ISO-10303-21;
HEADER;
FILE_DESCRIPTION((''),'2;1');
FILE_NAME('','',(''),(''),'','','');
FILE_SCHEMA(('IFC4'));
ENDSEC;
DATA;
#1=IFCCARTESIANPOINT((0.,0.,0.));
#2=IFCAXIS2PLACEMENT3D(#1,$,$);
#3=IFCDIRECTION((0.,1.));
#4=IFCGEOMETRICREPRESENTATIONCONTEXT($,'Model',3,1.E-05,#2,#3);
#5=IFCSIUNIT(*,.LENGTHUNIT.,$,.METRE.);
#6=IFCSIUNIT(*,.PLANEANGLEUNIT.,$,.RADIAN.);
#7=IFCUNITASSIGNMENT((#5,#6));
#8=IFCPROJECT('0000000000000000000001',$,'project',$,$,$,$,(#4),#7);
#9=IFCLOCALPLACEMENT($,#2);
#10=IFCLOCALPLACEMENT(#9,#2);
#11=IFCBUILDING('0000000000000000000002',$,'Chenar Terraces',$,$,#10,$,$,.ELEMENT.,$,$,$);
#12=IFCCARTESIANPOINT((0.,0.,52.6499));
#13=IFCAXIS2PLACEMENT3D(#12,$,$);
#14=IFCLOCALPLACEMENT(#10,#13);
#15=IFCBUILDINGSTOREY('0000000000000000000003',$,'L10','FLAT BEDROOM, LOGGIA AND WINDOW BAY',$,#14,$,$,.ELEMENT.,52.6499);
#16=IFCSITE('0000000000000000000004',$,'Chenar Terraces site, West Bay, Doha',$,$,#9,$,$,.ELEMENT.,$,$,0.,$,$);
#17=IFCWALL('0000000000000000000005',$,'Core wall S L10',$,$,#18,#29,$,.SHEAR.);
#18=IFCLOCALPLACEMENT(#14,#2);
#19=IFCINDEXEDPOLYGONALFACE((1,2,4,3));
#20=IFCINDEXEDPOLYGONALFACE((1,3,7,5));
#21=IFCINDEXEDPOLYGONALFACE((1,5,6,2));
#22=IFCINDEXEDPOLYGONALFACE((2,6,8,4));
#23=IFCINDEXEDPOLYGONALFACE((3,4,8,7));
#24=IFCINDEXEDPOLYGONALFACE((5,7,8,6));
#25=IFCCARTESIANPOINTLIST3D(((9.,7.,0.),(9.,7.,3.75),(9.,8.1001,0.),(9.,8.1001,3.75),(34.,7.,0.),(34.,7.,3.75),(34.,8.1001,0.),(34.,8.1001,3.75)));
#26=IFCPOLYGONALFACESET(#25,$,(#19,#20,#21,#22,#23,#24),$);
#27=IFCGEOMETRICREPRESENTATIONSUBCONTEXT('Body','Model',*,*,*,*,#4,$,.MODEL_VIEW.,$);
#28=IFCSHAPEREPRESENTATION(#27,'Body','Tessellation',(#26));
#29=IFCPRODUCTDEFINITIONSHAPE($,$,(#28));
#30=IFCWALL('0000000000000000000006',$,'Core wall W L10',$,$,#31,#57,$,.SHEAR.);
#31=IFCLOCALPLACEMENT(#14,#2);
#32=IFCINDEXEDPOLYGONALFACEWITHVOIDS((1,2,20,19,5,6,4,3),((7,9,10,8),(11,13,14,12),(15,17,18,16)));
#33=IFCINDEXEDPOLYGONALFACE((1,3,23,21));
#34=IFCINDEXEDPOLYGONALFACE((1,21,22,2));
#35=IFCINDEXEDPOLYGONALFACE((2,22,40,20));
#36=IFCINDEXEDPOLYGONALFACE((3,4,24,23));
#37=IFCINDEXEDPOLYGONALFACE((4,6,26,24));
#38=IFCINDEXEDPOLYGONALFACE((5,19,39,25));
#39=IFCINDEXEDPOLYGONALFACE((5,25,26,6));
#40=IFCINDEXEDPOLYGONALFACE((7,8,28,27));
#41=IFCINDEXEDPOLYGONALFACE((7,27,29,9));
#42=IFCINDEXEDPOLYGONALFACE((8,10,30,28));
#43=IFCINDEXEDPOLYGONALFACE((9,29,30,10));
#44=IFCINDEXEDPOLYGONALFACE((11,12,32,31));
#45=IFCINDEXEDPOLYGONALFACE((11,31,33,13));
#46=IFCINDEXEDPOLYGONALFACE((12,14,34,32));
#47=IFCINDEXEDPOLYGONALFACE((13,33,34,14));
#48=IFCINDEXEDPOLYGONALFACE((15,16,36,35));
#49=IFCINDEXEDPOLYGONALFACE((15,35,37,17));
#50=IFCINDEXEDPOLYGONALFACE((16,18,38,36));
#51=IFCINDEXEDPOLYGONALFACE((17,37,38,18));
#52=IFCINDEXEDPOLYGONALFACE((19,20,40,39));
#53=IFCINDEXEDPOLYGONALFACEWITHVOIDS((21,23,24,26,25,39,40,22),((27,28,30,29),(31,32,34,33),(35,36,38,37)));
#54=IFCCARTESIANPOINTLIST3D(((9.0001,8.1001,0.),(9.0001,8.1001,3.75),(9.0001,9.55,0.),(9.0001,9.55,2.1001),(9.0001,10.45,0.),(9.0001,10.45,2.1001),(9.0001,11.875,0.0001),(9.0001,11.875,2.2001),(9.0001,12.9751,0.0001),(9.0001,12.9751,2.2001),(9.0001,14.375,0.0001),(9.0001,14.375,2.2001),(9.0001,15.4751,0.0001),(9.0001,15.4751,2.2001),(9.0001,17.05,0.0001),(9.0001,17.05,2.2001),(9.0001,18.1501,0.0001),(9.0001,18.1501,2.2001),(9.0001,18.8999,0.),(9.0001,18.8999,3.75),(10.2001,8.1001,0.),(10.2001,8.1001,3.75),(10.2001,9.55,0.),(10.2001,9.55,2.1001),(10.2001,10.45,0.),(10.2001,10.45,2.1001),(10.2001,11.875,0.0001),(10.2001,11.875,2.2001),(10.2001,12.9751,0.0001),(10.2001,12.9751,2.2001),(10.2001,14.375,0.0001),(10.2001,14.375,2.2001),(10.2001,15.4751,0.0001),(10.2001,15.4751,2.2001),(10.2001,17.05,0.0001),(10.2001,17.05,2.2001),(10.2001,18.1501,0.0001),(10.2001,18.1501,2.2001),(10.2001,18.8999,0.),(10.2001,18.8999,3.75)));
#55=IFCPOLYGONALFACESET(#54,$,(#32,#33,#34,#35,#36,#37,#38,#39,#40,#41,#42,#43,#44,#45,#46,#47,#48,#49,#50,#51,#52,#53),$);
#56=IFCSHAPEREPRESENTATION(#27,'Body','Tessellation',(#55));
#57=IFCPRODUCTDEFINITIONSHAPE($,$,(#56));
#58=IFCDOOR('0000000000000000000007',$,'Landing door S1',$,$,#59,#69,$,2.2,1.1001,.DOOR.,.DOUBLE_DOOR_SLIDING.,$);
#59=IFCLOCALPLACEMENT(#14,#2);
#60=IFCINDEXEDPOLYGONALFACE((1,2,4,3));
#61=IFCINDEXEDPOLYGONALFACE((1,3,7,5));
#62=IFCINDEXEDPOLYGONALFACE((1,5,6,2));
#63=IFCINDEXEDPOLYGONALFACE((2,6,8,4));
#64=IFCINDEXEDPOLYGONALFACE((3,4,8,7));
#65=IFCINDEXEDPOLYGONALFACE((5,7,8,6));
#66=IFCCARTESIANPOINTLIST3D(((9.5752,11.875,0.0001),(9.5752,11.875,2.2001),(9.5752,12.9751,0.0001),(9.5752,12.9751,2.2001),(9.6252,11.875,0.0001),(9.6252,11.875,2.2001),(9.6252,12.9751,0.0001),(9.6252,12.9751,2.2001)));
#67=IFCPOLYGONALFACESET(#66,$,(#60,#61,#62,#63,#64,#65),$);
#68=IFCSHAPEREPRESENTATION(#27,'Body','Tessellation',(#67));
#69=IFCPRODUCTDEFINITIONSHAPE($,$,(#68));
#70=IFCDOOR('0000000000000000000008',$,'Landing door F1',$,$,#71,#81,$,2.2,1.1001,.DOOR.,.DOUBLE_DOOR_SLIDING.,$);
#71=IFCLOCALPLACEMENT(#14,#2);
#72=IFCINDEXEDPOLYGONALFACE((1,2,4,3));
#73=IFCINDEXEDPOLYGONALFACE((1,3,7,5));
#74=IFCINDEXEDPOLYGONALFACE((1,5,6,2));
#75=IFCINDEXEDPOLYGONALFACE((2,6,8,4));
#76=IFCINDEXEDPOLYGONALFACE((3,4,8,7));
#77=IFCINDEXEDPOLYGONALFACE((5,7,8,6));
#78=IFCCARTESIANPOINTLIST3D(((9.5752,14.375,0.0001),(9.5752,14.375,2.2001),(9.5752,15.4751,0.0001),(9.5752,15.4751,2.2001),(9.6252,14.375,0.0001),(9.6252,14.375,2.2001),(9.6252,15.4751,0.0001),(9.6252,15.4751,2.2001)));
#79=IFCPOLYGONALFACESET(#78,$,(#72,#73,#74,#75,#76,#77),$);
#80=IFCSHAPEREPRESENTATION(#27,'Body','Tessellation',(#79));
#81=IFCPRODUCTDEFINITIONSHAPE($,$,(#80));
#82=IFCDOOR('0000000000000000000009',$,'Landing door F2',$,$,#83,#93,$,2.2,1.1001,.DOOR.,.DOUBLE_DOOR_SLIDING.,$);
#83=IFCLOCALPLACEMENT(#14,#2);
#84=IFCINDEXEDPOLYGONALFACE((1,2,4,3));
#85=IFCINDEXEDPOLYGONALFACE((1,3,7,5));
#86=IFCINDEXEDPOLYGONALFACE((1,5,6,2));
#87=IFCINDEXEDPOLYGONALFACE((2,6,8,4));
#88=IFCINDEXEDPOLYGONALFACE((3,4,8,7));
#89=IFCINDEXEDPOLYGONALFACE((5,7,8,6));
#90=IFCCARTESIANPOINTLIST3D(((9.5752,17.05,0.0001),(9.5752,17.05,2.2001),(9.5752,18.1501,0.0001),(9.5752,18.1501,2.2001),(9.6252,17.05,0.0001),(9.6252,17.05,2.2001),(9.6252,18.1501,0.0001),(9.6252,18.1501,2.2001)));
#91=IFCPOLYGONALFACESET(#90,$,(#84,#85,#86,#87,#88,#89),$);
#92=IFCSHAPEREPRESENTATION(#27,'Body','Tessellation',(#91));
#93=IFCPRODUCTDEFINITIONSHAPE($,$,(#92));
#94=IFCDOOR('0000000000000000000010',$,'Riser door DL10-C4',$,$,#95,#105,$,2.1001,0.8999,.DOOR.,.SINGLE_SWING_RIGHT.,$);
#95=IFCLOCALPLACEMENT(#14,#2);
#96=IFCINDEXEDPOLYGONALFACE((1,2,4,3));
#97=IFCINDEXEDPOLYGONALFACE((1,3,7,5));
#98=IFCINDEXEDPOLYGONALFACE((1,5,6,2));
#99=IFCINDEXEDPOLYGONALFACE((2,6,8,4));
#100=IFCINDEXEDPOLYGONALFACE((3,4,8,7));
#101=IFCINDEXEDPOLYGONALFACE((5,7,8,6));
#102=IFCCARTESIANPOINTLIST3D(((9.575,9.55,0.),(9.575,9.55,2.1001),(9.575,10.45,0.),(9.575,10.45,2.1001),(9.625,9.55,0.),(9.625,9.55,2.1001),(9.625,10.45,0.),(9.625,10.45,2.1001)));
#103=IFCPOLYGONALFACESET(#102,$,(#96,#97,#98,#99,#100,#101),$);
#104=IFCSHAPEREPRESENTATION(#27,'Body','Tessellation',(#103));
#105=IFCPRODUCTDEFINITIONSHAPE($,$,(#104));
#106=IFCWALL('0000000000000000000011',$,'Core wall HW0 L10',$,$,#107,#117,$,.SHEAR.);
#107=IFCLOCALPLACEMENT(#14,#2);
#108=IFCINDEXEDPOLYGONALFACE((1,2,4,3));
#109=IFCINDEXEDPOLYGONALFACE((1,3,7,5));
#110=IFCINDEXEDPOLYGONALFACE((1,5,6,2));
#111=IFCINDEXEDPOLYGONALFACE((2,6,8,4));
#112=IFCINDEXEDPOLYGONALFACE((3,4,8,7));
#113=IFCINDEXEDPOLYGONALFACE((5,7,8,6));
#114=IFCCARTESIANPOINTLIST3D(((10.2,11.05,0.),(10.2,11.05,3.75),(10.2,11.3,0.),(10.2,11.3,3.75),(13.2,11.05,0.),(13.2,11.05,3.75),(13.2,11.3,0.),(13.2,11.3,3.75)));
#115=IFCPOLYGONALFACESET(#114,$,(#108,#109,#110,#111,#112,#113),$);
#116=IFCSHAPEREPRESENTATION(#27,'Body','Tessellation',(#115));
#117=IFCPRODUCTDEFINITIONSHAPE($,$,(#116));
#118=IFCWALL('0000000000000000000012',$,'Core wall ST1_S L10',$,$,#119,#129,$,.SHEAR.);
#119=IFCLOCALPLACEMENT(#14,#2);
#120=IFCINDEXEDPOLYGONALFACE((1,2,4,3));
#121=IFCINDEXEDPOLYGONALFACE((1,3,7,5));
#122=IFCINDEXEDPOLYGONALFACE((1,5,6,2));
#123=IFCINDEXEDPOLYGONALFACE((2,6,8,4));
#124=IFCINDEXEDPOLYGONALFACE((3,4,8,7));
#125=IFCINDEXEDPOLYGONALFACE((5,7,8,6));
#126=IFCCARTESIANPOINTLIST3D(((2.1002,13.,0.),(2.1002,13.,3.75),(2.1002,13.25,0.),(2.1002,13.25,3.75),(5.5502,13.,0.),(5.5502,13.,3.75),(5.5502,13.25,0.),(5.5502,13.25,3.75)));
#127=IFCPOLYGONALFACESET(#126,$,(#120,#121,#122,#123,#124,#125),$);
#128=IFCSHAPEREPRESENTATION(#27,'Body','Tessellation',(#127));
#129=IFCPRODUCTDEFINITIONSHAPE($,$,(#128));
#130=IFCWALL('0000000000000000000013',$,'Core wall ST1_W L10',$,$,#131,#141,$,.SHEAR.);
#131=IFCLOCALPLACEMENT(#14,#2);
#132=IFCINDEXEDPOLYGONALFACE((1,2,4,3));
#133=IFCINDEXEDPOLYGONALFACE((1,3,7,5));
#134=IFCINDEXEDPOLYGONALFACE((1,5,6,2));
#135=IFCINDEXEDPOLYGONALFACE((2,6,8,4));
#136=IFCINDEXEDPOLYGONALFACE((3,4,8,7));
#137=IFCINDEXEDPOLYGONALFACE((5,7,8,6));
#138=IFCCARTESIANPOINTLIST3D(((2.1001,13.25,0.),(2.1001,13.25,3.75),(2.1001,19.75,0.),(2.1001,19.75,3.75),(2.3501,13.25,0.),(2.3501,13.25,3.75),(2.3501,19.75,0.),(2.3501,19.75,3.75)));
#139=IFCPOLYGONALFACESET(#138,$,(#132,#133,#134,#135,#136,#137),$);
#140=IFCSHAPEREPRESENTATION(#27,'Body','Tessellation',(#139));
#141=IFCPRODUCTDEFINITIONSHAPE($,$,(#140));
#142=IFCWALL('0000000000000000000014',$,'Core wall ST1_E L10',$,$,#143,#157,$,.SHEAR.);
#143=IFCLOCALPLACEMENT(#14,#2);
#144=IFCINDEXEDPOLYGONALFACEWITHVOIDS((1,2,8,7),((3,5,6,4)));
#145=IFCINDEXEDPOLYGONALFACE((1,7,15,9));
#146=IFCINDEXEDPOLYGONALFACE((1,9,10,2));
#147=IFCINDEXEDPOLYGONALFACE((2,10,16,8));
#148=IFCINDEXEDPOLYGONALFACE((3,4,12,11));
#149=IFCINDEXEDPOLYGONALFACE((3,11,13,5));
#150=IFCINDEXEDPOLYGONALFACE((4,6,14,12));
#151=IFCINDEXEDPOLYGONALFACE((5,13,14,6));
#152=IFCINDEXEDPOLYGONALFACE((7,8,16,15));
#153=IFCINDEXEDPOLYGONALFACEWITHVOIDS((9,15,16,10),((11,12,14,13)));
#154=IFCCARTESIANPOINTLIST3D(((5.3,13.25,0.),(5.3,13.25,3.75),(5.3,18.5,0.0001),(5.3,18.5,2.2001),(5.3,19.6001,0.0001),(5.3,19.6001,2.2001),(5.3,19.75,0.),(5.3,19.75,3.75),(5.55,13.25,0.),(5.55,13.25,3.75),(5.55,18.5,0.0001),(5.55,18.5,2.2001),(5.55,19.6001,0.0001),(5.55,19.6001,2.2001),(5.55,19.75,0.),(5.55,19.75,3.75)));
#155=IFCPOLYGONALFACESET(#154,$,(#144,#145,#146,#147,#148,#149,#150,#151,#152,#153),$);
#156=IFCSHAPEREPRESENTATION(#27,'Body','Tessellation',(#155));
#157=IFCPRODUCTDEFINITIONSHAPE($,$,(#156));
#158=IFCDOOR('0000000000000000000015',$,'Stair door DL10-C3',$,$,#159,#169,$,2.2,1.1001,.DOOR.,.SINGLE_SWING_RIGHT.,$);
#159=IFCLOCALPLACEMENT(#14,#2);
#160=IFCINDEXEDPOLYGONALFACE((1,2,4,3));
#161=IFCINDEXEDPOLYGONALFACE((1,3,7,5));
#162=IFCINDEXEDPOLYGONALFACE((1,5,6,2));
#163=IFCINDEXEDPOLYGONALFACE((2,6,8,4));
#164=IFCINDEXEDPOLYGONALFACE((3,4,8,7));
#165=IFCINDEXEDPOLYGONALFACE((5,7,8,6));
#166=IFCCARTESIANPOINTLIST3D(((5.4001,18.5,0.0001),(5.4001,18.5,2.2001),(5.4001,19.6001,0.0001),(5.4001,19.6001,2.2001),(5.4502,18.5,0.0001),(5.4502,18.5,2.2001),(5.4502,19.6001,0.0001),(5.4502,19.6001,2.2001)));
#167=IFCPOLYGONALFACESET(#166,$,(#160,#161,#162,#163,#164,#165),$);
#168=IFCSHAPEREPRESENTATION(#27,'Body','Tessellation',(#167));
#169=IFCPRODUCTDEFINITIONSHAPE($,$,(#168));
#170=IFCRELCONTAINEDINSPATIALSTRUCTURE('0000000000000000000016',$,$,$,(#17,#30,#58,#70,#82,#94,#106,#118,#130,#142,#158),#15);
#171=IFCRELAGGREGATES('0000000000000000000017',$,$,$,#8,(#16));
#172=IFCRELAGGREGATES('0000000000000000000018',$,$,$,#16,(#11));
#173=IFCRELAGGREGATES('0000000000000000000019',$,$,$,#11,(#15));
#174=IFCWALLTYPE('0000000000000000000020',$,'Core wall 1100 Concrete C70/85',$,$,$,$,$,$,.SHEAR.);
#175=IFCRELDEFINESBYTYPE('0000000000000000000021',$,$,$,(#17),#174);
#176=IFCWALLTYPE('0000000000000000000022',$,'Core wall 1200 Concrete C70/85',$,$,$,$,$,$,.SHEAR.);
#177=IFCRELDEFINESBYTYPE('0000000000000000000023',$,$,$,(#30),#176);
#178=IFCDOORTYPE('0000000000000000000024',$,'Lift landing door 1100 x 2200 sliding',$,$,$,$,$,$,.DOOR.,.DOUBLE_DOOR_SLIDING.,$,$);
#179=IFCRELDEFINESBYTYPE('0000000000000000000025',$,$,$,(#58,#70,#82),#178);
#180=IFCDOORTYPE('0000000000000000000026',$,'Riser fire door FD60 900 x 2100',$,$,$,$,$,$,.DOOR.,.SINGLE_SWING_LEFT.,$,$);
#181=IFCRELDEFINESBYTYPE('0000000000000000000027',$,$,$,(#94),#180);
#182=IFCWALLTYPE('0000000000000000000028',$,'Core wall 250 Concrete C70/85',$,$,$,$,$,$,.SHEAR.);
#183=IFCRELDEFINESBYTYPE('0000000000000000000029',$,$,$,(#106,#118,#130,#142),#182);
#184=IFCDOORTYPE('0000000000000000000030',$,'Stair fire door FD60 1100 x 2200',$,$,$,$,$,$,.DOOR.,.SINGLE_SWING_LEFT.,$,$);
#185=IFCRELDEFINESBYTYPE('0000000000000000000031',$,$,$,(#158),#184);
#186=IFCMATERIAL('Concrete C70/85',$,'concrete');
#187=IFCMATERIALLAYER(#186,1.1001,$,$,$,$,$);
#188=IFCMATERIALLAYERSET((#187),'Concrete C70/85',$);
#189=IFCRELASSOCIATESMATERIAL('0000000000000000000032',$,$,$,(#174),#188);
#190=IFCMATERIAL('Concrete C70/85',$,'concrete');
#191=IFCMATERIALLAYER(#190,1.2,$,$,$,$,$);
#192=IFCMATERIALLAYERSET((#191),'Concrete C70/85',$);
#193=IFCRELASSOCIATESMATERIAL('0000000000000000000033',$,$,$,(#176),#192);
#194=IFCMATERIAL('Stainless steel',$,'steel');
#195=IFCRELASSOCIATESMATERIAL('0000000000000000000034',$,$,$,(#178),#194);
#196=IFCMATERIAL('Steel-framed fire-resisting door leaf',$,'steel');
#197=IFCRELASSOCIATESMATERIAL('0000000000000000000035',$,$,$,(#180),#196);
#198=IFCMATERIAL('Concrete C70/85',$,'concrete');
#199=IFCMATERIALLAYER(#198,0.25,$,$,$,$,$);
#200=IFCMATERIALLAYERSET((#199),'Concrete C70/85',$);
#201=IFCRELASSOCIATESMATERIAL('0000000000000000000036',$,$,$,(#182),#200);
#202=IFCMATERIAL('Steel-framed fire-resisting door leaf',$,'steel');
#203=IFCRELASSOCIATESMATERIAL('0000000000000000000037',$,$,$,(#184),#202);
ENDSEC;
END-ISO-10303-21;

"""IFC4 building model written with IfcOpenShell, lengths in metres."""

from ifc_helpers import new_model, si_unit, direction, frame, frame_2d, origin, place, context, subcontext, project, spatial, rectangle, extrude, material, layer, layer_set, type_object, element, fill, save


model = new_model("IFC4")

# Units and contexts
model_context = context("Model", 3, precision=1e-05, world=origin(), true_north=direction((0.0, 1.0)))
body_context = subcontext(model_context, "Body", "Model", "MODEL_VIEW")
ifc_project = project(units=[si_unit("LENGTHUNIT", "METRE"), si_unit("PLANEANGLEUNIT", "RADIAN")], contexts=[model_context])

# Site, building, storey
site_placement = place(None, origin())
site = spatial("IfcSite", under=ifc_project, at=site_placement, Name="Chenar Terraces site, West Bay, Doha", CompositionType="ELEMENT", RefElevation=0.0)
building_placement = place(site_placement, origin())
building = spatial("IfcBuilding", under=site, at=building_placement, Name="Chenar Terraces", CompositionType="ELEMENT")
storey_placement = place(building_placement, frame((0.0, 0.0, 52.6499)))
storey = spatial("IfcBuildingStorey", under=building, at=storey_placement, Name="L10", Description="FLAT BEDROOM, LOGGIA AND WINDOW BAY", CompositionType="ELEMENT", Elevation=52.6499)

# Wall
ifc_material_1 = material(Name="Concrete C70/85", Category="concrete")
ifc_layer_1 = layer(ifc_material_1, 1.1001)
ifc_layer_set_1 = layer_set([ifc_layer_1], Name="Concrete C70/85")
wall_type_1 = type_object("IfcWallType", Name="Core wall 1100 Concrete C70/85", PredefinedType="SHEAR", material=ifc_layer_set_1)
wall_1_placement = place(storey_placement, frame((9.0, 7.55, 0.0), z_axis=(0.0, 0.0, 1.0), x_axis=(1.0, 0.0, 0.0)))
element("IfcWall", 1, at=wall_1_placement, inside=storey, type_object=wall_type_1, Name="Core wall S L10", PredefinedType="SHEAR", context=body_context, shape_type="SweptSolid", body=[
    extrude(rectangle(XDim=25.0, YDim=1.1001, at=frame_2d((12.5, 0.0))), origin(), (0.0, 0.0, 1.0), 3.75),
])

# Wall, openings, doors
ifc_material_2 = material(Name="Concrete C70/85", Category="concrete")
ifc_layer_2 = layer(ifc_material_2, 1.2)
ifc_layer_set_2 = layer_set([ifc_layer_2], Name="Concrete C70/85")
wall_type_2 = type_object("IfcWallType", Name="Core wall 1200 Concrete C70/85", PredefinedType="SHEAR", material=ifc_layer_set_2)
wall_2_placement = place(storey_placement, frame((9.6001, 8.1001, 0.0), z_axis=(0.0, 0.0, 1.0), x_axis=(0.0, 1.0, 0.0)))
wall_2 = element("IfcWall", 2, at=wall_2_placement, inside=storey, type_object=wall_type_2, Name="Core wall W L10", PredefinedType="SHEAR", context=body_context, shape_type="SweptSolid", body=[
    extrude(rectangle(XDim=10.7998, YDim=1.2, at=frame_2d((5.3999, 0.0))), origin(), (0.0, 0.0, 1.0), 3.75),
])
opening_1_placement = place(wall_2_placement, frame((3.7749, 0.0, 0.0)))
opening_1 = element("IfcOpeningElement", 3, at=opening_1_placement, cuts=wall_2, PredefinedType="OPENING", context=body_context, shape_type="SweptSolid", body=[
    extrude(rectangle(XDim=1.1001, YDim=2.2, at=frame_2d((0.55, 1.1001))), frame((0.0, 0.6099, 0.0), z_axis=(0.0, -1.0, 0.0), x_axis=(1.0, 0.0, 0.0)), (0.0, 0.0, 1.0), 1.22),
])
opening_2_placement = place(wall_2_placement, frame((6.2749, 0.0, 0.0)))
opening_2 = element("IfcOpeningElement", 4, at=opening_2_placement, cuts=wall_2, PredefinedType="OPENING", context=body_context, shape_type="SweptSolid", body=[
    extrude(rectangle(XDim=1.1001, YDim=2.2, at=frame_2d((0.55, 1.1001))), frame((0.0, 0.6099, 0.0), z_axis=(0.0, -1.0, 0.0), x_axis=(1.0, 0.0, 0.0)), (0.0, 0.0, 1.0), 1.22),
])
opening_3_placement = place(wall_2_placement, frame((8.95, 0.0, 0.0)))
opening_3 = element("IfcOpeningElement", 5, at=opening_3_placement, cuts=wall_2, PredefinedType="OPENING", context=body_context, shape_type="SweptSolid", body=[
    extrude(rectangle(XDim=1.1001, YDim=2.2, at=frame_2d((0.55, 1.1001))), frame((0.0, 0.6099, 0.0), z_axis=(0.0, -1.0, 0.0), x_axis=(1.0, 0.0, 0.0)), (0.0, 0.0, 1.0), 1.22),
])
opening_4_placement = place(wall_2_placement, frame((1.45, 0.0, 0.0)))
opening_4 = element("IfcOpeningElement", 6, at=opening_4_placement, cuts=wall_2, PredefinedType="OPENING", context=body_context, shape_type="SweptSolid", body=[
    extrude(rectangle(XDim=0.8999, YDim=2.1001, at=frame_2d((0.45, 1.05))), frame((0.0, 0.6099, 0.0), z_axis=(0.0, -1.0, 0.0), x_axis=(1.0, 0.0, 0.0)), (0.0, 0.0, 1.0), 1.22),
])
ifc_material_3 = material(Name="Stainless steel", Category="steel")
door_type_1 = type_object("IfcDoorType", Name="Lift landing door 1100 x 2200 sliding", OperationType="DOUBLE_DOOR_SLIDING", PredefinedType="DOOR", material=ifc_material_3)
door_1_placement = place(opening_1_placement, origin())
door_1 = element("IfcDoor", 7, at=door_1_placement, inside=storey, type_object=door_type_1, Name="Landing door S1", OperationType="DOUBLE_DOOR_SLIDING", OverallHeight=2.2, OverallWidth=1.1001, PredefinedType="DOOR", context=body_context, shape_type="SweptSolid", body=[
    extrude(rectangle(XDim=1.1001, YDim=2.2, at=frame_2d((0.55, 1.1001))), frame((0.0, 0.0249, 0.0), z_axis=(0.0, -1.0, 0.0), x_axis=(1.0, 0.0, 0.0)), (0.0, 0.0, 1.0), 0.05),
])
fill(opening_1, door_1)
door_2_placement = place(opening_2_placement, origin())
door_2 = element("IfcDoor", 8, at=door_2_placement, inside=storey, type_object=door_type_1, Name="Landing door F1", OperationType="DOUBLE_DOOR_SLIDING", OverallHeight=2.2, OverallWidth=1.1001, PredefinedType="DOOR", context=body_context, shape_type="SweptSolid", body=[
    extrude(rectangle(XDim=1.1001, YDim=2.2, at=frame_2d((0.55, 1.1001))), frame((0.0, 0.0249, 0.0), z_axis=(0.0, -1.0, 0.0), x_axis=(1.0, 0.0, 0.0)), (0.0, 0.0, 1.0), 0.05),
])
fill(opening_2, door_2)
door_3_placement = place(opening_3_placement, origin())
door_3 = element("IfcDoor", 9, at=door_3_placement, inside=storey, type_object=door_type_1, Name="Landing door F2", OperationType="DOUBLE_DOOR_SLIDING", OverallHeight=2.2, OverallWidth=1.1001, PredefinedType="DOOR", context=body_context, shape_type="SweptSolid", body=[
    extrude(rectangle(XDim=1.1001, YDim=2.2, at=frame_2d((0.55, 1.1001))), frame((0.0, 0.0249, 0.0), z_axis=(0.0, -1.0, 0.0), x_axis=(1.0, 0.0, 0.0)), (0.0, 0.0, 1.0), 0.05),
])
fill(opening_3, door_3)
ifc_material_4 = material(Name="Steel-framed fire-resisting door leaf", Category="steel")
door_type_2 = type_object("IfcDoorType", Name="Riser fire door FD60 900 x 2100", OperationType="SINGLE_SWING_LEFT", PredefinedType="DOOR", material=ifc_material_4)
door_4_placement = place(opening_4_placement, frame((0.8999, 0.0, 0.0), z_axis=(0.0, 0.0, 1.0), x_axis=(-1.0, 0.0, 0.0)))
door_4 = element("IfcDoor", 10, at=door_4_placement, inside=storey, type_object=door_type_2, Name="Riser door DL10-C4", OperationType="SINGLE_SWING_RIGHT", OverallHeight=2.1001, OverallWidth=0.8999, PredefinedType="DOOR", context=body_context, shape_type="SweptSolid", body=[
    extrude(rectangle(XDim=0.8999, YDim=2.1001, at=frame_2d((0.45, 1.05))), frame((0.0, 0.0249, 0.0), z_axis=(0.0, -1.0, 0.0), x_axis=(1.0, 0.0, 0.0)), (0.0, 0.0, 1.0), 0.05),
])
fill(opening_4, door_4)

# Walls
ifc_material_5 = material(Name="Concrete C70/85", Category="concrete")
ifc_layer_3 = layer(ifc_material_5, 0.25)
ifc_layer_set_3 = layer_set([ifc_layer_3], Name="Concrete C70/85")
wall_type_3 = type_object("IfcWallType", Name="Core wall 250 Concrete C70/85", PredefinedType="SHEAR", material=ifc_layer_set_3)
wall_3_placement = place(storey_placement, frame((10.2, 11.175, 0.0), z_axis=(0.0, 0.0, 1.0), x_axis=(1.0, 0.0, 0.0)))
element("IfcWall", 11, at=wall_3_placement, inside=storey, type_object=wall_type_3, Name="Core wall HW0 L10", PredefinedType="SHEAR", context=body_context, shape_type="SweptSolid", body=[
    extrude(rectangle(XDim=3.0, YDim=0.25, at=frame_2d((1.5, 0.0))), origin(), (0.0, 0.0, 1.0), 3.75),
])
wall_4_placement = place(storey_placement, frame((2.1001, 13.125, 0.0), z_axis=(0.0, 0.0, 1.0), x_axis=(1.0, 0.0, 0.0)))
element("IfcWall", 12, at=wall_4_placement, inside=storey, type_object=wall_type_3, Name="Core wall ST1_S L10", PredefinedType="SHEAR", context=body_context, shape_type="SweptSolid", body=[
    extrude(rectangle(XDim=3.45, YDim=0.25, at=frame_2d((1.7251, 0.0))), origin(), (0.0, 0.0, 1.0), 3.75),
])
wall_5_placement = place(storey_placement, frame((2.2251, 13.25, 0.0), z_axis=(0.0, 0.0, 1.0), x_axis=(0.0, 1.0, 0.0)))
element("IfcWall", 13, at=wall_5_placement, inside=storey, type_object=wall_type_3, Name="Core wall ST1_W L10", PredefinedType="SHEAR", context=body_context, shape_type="SweptSolid", body=[
    extrude(rectangle(XDim=6.5, YDim=0.25, at=frame_2d((3.25, 0.0))), origin(), (0.0, 0.0, 1.0), 3.75),
])

# Wall, opening, door
wall_6_placement = place(storey_placement, frame((5.425, 13.25, 0.0), z_axis=(0.0, 0.0, 1.0), x_axis=(0.0, 1.0, 0.0)))
wall_6 = element("IfcWall", 14, at=wall_6_placement, inside=storey, type_object=wall_type_3, Name="Core wall ST1_E L10", PredefinedType="SHEAR", context=body_context, shape_type="SweptSolid", body=[
    extrude(rectangle(XDim=6.5, YDim=0.25, at=frame_2d((3.25, 0.0))), origin(), (0.0, 0.0, 1.0), 3.75),
])
opening_5_placement = place(wall_6_placement, frame((5.25, 0.0, 0.0)))
opening_5 = element("IfcOpeningElement", 15, at=opening_5_placement, cuts=wall_6, PredefinedType="OPENING", context=body_context, shape_type="SweptSolid", body=[
    extrude(rectangle(XDim=1.1001, YDim=2.2, at=frame_2d((0.55, 1.1001))), frame((0.0, 0.135, 0.0), z_axis=(0.0, -1.0, 0.0), x_axis=(1.0, 0.0, 0.0)), (0.0, 0.0, 1.0), 0.27),
])
ifc_material_6 = material(Name="Steel-framed fire-resisting door leaf", Category="steel")
door_type_3 = type_object("IfcDoorType", Name="Stair fire door FD60 1100 x 2200", OperationType="SINGLE_SWING_LEFT", PredefinedType="DOOR", material=ifc_material_6)
door_5_placement = place(opening_5_placement, origin())
door_5 = element("IfcDoor", 16, at=door_5_placement, inside=storey, type_object=door_type_3, Name="Stair door DL10-C3", OperationType="SINGLE_SWING_RIGHT", OverallHeight=2.2, OverallWidth=1.1001, PredefinedType="DOOR", context=body_context, shape_type="SweptSolid", body=[
    extrude(rectangle(XDim=1.1001, YDim=2.2, at=frame_2d((0.55, 1.1001))), frame((0.0, 0.0249, 0.0), z_axis=(0.0, -1.0, 0.0), x_axis=(1.0, 0.0, 0.0)), (0.0, 0.0, 1.0), 0.05),
])
fill(opening_5, door_5)

save(model, "model.ifc")
